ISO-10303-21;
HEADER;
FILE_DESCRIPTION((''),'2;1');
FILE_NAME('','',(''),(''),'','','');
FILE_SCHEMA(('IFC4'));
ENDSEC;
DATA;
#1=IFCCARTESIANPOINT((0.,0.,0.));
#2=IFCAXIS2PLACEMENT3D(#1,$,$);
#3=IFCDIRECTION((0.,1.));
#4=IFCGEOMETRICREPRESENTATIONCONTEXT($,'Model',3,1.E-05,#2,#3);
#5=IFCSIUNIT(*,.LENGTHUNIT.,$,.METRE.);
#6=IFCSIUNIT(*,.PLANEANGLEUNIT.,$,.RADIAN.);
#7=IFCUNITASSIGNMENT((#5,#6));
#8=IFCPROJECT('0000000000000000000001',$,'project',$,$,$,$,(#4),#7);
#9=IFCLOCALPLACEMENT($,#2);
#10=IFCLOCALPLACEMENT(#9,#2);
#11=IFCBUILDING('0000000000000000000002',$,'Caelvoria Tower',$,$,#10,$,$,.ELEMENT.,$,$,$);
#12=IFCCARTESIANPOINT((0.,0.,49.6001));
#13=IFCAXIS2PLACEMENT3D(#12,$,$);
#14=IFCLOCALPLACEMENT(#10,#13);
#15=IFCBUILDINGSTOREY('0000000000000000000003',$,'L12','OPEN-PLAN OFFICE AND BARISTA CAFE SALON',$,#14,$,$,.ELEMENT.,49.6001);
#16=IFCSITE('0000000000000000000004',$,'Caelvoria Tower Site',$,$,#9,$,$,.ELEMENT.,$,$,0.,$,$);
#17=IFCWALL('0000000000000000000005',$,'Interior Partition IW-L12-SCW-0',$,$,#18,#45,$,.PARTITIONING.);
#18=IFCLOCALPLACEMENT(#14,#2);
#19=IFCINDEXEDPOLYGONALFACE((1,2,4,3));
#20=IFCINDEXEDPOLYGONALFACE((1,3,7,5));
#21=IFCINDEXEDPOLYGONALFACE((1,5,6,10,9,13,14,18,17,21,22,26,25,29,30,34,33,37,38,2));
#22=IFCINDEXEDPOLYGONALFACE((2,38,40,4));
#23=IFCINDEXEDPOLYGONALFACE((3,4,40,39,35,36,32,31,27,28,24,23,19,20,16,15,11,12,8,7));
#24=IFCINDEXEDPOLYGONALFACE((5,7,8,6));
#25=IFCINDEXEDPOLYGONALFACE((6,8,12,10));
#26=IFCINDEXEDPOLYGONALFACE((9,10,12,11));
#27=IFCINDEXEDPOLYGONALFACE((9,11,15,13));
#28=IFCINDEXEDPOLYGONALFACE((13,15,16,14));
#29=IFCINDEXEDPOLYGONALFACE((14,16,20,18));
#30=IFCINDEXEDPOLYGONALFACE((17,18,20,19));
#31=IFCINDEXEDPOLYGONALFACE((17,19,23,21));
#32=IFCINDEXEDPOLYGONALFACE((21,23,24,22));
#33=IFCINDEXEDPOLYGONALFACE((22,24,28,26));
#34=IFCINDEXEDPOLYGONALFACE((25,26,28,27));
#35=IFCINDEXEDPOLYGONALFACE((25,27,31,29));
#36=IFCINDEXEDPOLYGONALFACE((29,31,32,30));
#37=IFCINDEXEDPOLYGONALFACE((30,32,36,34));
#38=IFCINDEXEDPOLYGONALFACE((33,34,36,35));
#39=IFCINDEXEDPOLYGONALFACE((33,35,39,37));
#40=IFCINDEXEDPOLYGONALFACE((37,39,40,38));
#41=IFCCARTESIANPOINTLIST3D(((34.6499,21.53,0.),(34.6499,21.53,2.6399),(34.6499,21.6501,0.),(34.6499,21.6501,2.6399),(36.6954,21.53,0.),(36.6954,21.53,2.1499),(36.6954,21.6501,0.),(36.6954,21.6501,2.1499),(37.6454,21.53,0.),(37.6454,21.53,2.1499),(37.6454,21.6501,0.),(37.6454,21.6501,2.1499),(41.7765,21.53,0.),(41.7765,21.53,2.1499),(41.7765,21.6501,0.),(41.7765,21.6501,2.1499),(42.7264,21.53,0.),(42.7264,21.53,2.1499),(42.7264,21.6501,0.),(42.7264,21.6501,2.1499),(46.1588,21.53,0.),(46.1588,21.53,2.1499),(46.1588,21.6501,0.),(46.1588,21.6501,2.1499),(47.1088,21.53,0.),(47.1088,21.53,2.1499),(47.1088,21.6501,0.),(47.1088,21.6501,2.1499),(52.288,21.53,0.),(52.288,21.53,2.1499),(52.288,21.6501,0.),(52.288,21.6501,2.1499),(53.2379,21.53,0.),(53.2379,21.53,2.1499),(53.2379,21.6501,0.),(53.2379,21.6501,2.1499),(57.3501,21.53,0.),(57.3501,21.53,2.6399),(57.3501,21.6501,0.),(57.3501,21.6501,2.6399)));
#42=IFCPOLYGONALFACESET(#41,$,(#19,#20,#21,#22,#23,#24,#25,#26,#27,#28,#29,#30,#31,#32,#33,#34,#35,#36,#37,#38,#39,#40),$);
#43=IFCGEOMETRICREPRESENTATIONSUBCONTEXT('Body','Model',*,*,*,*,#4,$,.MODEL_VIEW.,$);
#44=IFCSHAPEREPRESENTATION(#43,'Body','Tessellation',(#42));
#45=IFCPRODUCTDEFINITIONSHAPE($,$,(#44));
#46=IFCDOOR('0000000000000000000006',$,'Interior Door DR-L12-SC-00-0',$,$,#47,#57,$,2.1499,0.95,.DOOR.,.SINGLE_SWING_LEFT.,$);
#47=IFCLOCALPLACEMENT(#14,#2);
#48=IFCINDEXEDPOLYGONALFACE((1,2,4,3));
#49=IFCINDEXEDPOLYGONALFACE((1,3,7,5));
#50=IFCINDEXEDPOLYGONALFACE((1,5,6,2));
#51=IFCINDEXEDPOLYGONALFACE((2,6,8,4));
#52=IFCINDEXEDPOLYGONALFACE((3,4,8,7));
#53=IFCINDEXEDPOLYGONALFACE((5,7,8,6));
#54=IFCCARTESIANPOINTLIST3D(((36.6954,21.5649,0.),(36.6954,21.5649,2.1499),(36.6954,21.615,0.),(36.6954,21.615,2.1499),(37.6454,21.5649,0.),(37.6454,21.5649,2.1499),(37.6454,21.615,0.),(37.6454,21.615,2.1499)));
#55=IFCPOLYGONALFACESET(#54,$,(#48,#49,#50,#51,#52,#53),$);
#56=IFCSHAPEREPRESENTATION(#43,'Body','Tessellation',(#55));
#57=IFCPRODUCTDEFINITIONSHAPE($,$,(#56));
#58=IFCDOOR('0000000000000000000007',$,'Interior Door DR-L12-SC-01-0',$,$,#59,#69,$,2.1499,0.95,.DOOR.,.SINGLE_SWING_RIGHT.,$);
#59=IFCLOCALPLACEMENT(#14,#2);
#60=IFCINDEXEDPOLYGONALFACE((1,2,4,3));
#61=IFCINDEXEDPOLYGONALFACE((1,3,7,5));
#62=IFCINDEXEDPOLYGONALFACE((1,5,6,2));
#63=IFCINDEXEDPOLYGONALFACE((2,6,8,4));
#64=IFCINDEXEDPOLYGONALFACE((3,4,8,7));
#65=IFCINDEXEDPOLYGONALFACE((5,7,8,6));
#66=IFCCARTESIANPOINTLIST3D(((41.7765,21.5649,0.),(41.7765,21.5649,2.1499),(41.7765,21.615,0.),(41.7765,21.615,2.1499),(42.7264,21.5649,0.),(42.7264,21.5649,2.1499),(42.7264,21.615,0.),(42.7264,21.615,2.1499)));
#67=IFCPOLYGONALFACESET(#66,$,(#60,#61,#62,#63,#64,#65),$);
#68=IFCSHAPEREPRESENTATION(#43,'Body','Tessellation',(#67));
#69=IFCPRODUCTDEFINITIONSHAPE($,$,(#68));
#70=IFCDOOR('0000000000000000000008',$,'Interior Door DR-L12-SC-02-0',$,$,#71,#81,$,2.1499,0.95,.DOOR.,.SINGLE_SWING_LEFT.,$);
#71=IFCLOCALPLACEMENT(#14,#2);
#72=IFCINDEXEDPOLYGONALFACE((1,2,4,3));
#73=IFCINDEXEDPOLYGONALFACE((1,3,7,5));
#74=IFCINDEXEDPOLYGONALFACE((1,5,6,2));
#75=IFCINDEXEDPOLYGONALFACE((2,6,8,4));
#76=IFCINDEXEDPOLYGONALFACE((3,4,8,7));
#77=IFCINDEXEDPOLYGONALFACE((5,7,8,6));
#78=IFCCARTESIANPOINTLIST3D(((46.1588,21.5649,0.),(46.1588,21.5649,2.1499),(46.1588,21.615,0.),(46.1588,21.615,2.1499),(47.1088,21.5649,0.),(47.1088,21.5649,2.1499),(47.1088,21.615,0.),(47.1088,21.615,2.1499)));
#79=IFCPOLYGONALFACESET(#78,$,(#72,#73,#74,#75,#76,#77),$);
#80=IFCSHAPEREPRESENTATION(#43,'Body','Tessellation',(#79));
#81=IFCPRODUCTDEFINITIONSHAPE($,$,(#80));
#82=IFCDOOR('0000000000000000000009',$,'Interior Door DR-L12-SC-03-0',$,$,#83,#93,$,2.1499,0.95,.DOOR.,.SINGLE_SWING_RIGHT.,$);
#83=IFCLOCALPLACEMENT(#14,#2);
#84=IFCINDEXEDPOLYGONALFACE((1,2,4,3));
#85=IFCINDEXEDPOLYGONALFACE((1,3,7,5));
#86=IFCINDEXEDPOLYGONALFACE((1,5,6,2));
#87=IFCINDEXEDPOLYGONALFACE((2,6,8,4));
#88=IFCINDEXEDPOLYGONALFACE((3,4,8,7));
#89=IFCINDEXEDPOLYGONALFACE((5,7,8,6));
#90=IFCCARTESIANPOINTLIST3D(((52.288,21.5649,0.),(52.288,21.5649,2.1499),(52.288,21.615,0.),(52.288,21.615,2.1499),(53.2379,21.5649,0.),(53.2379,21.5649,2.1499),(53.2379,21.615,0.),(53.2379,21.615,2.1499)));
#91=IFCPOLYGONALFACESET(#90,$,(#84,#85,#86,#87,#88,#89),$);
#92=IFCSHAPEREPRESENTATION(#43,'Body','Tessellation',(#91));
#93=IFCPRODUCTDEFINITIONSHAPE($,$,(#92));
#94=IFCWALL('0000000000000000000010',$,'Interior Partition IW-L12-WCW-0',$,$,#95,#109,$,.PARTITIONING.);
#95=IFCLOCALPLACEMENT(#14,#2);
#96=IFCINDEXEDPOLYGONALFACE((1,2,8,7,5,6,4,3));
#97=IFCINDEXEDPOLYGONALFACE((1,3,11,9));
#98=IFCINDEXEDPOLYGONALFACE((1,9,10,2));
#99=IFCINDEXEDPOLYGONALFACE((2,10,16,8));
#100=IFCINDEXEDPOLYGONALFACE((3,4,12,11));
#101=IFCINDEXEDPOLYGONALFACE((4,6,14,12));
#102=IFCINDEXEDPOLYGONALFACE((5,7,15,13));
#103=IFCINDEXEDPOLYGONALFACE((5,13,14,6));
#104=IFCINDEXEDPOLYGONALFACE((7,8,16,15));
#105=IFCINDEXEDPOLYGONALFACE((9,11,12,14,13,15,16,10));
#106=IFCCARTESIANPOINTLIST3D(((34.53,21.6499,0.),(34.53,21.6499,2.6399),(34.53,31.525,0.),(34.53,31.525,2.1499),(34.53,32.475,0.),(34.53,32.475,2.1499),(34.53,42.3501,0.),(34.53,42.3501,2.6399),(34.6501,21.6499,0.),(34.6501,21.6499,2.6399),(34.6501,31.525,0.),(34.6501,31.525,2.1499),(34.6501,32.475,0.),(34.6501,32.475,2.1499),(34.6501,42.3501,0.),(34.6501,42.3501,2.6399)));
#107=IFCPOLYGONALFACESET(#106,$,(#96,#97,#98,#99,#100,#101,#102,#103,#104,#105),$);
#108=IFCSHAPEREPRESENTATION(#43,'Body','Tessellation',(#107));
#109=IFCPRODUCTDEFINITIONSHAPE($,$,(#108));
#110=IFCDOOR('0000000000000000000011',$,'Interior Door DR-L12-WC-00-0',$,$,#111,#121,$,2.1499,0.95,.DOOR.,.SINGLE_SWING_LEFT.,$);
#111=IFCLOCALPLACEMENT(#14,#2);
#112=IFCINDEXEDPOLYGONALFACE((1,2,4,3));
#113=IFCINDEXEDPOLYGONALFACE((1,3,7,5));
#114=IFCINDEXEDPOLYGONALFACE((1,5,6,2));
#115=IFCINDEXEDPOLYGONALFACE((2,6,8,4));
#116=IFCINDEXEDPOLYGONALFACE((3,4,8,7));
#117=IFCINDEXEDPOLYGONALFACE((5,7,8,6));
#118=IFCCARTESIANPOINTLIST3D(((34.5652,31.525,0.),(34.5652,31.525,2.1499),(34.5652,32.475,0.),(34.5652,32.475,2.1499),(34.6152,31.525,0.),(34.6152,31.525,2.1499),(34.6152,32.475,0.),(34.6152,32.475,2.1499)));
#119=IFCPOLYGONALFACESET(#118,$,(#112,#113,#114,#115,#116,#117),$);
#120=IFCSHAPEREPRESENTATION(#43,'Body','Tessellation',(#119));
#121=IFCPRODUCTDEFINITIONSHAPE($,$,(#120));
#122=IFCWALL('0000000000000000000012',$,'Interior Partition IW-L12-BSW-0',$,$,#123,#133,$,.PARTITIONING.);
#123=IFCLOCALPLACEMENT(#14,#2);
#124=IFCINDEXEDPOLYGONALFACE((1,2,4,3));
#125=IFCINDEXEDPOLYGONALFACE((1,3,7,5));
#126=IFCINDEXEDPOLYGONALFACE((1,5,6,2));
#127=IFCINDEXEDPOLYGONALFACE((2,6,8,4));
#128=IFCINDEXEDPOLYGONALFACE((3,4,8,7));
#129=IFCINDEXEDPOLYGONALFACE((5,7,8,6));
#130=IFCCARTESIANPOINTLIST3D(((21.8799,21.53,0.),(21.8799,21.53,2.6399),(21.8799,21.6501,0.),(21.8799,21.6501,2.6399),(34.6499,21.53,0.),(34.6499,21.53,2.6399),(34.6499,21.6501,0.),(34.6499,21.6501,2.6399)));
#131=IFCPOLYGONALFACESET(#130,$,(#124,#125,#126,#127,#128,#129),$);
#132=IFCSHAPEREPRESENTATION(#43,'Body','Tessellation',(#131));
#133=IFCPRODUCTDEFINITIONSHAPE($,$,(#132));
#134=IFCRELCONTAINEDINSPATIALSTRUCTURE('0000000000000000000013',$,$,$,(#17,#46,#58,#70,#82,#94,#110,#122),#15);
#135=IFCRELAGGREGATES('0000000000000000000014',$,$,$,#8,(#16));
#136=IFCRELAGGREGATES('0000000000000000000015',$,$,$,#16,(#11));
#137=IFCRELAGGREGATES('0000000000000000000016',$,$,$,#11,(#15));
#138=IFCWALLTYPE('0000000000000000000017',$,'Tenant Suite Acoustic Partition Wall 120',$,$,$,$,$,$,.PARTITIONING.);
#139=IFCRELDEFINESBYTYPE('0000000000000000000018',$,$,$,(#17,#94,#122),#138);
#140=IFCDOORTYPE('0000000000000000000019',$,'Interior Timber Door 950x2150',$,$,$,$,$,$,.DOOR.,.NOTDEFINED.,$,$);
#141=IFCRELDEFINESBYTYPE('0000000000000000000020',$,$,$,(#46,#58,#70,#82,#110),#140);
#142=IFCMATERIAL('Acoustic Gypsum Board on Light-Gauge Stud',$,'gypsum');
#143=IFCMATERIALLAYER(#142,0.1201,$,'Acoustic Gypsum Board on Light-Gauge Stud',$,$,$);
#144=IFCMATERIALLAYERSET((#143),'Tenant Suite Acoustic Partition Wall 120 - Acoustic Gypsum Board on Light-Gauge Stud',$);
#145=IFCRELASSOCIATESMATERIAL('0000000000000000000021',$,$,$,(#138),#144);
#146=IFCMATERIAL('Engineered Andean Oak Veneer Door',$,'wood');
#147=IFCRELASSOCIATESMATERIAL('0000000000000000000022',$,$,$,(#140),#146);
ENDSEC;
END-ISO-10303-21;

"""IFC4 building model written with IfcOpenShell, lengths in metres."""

from ifc_helpers import new_model, si_unit, direction, frame, frame_2d, origin, place, context, subcontext, project, spatial, rectangle, extrude, material, layer, layer_set, type_object, element, fill, save


model = new_model("IFC4")

# Units and contexts
model_context = context("Model", 3, precision=1e-05, world=origin(), true_north=direction((0.0, 1.0)))
body_context = subcontext(model_context, "Body", "Model", "MODEL_VIEW")
ifc_project = project(units=[si_unit("LENGTHUNIT", "METRE"), si_unit("PLANEANGLEUNIT", "RADIAN")], contexts=[model_context])

# Site, building, storey
site_placement = place(None, origin())
site = spatial("IfcSite", under=ifc_project, at=site_placement, Name="Caelvoria Tower Site", CompositionType="ELEMENT", RefElevation=0.0)
building_placement = place(site_placement, origin())
building = spatial("IfcBuilding", under=site, at=building_placement, Name="Caelvoria Tower", CompositionType="ELEMENT")
storey_placement = place(building_placement, frame((0.0, 0.0, 49.6001)))
storey = spatial("IfcBuildingStorey", under=building, at=storey_placement, Name="L12", Description="OPEN-PLAN OFFICE AND BARISTA CAFE SALON", CompositionType="ELEMENT", Elevation=49.6001)

# Shared definitions
ifc_material_1 = material(Name="Acoustic Gypsum Board on Light-Gauge Stud", Category="gypsum")
ifc_layer_1 = layer(ifc_material_1, 0.1201, Name="Acoustic Gypsum Board on Light-Gauge Stud")
ifc_layer_set_1 = layer_set([ifc_layer_1], Name="Tenant Suite Acoustic Partition Wall 120 - Acoustic Gypsum Board on Light-Gauge Stud")
wall_type_1 = type_object("IfcWallType", Name="Tenant Suite Acoustic Partition Wall 120", PredefinedType="PARTITIONING", material=ifc_layer_set_1)
ifc_material_2 = material(Name="Engineered Andean Oak Veneer Door", Category="wood")

# Wall, openings, doors
wall_1_placement = place(storey_placement, frame((34.6499, 21.5901, 0.0), z_axis=(0.0, 0.0, 1.0), x_axis=(1.0, 0.0, 0.0)))
wall_1 = element("IfcWall", 1, at=wall_1_placement, inside=storey, type_object=wall_type_1, Name="Interior Partition IW-L12-SCW-0", PredefinedType="PARTITIONING", context=body_context, shape_type="SweptSolid", body=[
    extrude(rectangle(XDim=22.7002, YDim=0.1201, at=frame_2d((11.3501, 0.0))), origin(), (0.0, 0.0, 1.0), 2.6399),
])
opening_1_placement = place(wall_1_placement, frame((2.0454, 0.0, 0.0)))
opening_1 = element("IfcOpeningElement", 2, at=opening_1_placement, cuts=wall_1, PredefinedType="OPENING", context=body_context, shape_type="SweptSolid", body=[
    extrude(rectangle(XDim=0.95, YDim=2.1499, at=frame_2d((0.4751, 1.075))), frame((0.0, 0.0701, 0.0), z_axis=(0.0, -1.0, 0.0), x_axis=(1.0, 0.0, 0.0)), (0.0, 0.0, 1.0), 0.1401),
])
opening_2_placement = place(wall_1_placement, frame((7.1265, 0.0, 0.0)))
opening_2 = element("IfcOpeningElement", 3, at=opening_2_placement, cuts=wall_1, PredefinedType="OPENING", context=body_context, shape_type="SweptSolid", body=[
    extrude(rectangle(XDim=0.95, YDim=2.1499, at=frame_2d((0.4751, 1.075))), frame((0.0, 0.0701, 0.0), z_axis=(0.0, -1.0, 0.0), x_axis=(1.0, 0.0, 0.0)), (0.0, 0.0, 1.0), 0.1401),
])
opening_3_placement = place(wall_1_placement, frame((11.5088, 0.0, 0.0)))
opening_3 = element("IfcOpeningElement", 4, at=opening_3_placement, cuts=wall_1, PredefinedType="OPENING", context=body_context, shape_type="SweptSolid", body=[
    extrude(rectangle(XDim=0.95, YDim=2.1499, at=frame_2d((0.4751, 1.075))), frame((0.0, 0.0701, 0.0), z_axis=(0.0, -1.0, 0.0), x_axis=(1.0, 0.0, 0.0)), (0.0, 0.0, 1.0), 0.1401),
])
opening_4_placement = place(wall_1_placement, frame((17.6379, 0.0, 0.0)))
opening_4 = element("IfcOpeningElement", 5, at=opening_4_placement, cuts=wall_1, PredefinedType="OPENING", context=body_context, shape_type="SweptSolid", body=[
    extrude(rectangle(XDim=0.95, YDim=2.1499, at=frame_2d((0.4751, 1.075))), frame((0.0, 0.0701, 0.0), z_axis=(0.0, -1.0, 0.0), x_axis=(1.0, 0.0, 0.0)), (0.0, 0.0, 1.0), 0.1401),
])
door_type_1 = type_object("IfcDoorType", Name="Interior Timber Door 950x2150", OperationType="NOTDEFINED", PredefinedType="DOOR", material=ifc_material_2)
door_1_placement = place(opening_1_placement, origin())
door_1 = element("IfcDoor", 6, at=door_1_placement, inside=storey, type_object=door_type_1, Name="Interior Door DR-L12-SC-00-0", OperationType="SINGLE_SWING_LEFT", OverallHeight=2.1499, OverallWidth=0.95, PredefinedType="DOOR", context=body_context, shape_type="SweptSolid", body=[
    extrude(rectangle(XDim=0.95, YDim=2.1499, at=frame_2d((0.4751, 1.075))), frame((0.0, 0.0249, 0.0), z_axis=(0.0, -1.0, 0.0), x_axis=(1.0, 0.0, 0.0)), (0.0, 0.0, 1.0), 0.05),
])
fill(opening_1, door_1)
door_2_placement = place(opening_2_placement, origin())
door_2 = element("IfcDoor", 7, at=door_2_placement, inside=storey, type_object=door_type_1, Name="Interior Door DR-L12-SC-01-0", OperationType="SINGLE_SWING_RIGHT", OverallHeight=2.1499, OverallWidth=0.95, PredefinedType="DOOR", context=body_context, shape_type="SweptSolid", body=[
    extrude(rectangle(XDim=0.95, YDim=2.1499, at=frame_2d((0.4751, 1.075))), frame((0.0, 0.0249, 0.0), z_axis=(0.0, -1.0, 0.0), x_axis=(1.0, 0.0, 0.0)), (0.0, 0.0, 1.0), 0.05),
])
fill(opening_2, door_2)
door_3_placement = place(opening_3_placement, origin())
door_3 = element("IfcDoor", 8, at=door_3_placement, inside=storey, type_object=door_type_1, Name="Interior Door DR-L12-SC-02-0", OperationType="SINGLE_SWING_LEFT", OverallHeight=2.1499, OverallWidth=0.95, PredefinedType="DOOR", context=body_context, shape_type="SweptSolid", body=[
    extrude(rectangle(XDim=0.95, YDim=2.1499, at=frame_2d((0.4751, 1.075))), frame((0.0, 0.0249, 0.0), z_axis=(0.0, -1.0, 0.0), x_axis=(1.0, 0.0, 0.0)), (0.0, 0.0, 1.0), 0.05),
])
fill(opening_3, door_3)
door_4_placement = place(opening_4_placement, origin())
door_4 = element("IfcDoor", 9, at=door_4_placement, inside=storey, type_object=door_type_1, Name="Interior Door DR-L12-SC-03-0", OperationType="SINGLE_SWING_RIGHT", OverallHeight=2.1499, OverallWidth=0.95, PredefinedType="DOOR", context=body_context, shape_type="SweptSolid", body=[
    extrude(rectangle(XDim=0.95, YDim=2.1499, at=frame_2d((0.4751, 1.075))), frame((0.0, 0.0249, 0.0), z_axis=(0.0, -1.0, 0.0), x_axis=(1.0, 0.0, 0.0)), (0.0, 0.0, 1.0), 0.05),
])
fill(opening_4, door_4)

# Wall, opening, door
wall_2_placement = place(storey_placement, frame((34.5901, 21.6499, 0.0), z_axis=(0.0, 0.0, 1.0), x_axis=(0.0, 1.0, 0.0)))
wall_2 = element("IfcWall", 10, at=wall_2_placement, inside=storey, type_object=wall_type_1, Name="Interior Partition IW-L12-WCW-0", PredefinedType="PARTITIONING", context=body_context, shape_type="SweptSolid", body=[
    extrude(rectangle(XDim=20.7002, YDim=0.1201, at=frame_2d((10.3501, 0.0))), origin(), (0.0, 0.0, 1.0), 2.6399),
])
opening_5_placement = place(wall_2_placement, frame((9.875, 0.0, 0.0)))
opening_5 = element("IfcOpeningElement", 11, at=opening_5_placement, cuts=wall_2, PredefinedType="OPENING", context=body_context, shape_type="SweptSolid", body=[
    extrude(rectangle(XDim=0.95, YDim=2.1499, at=frame_2d((0.4751, 1.075))), frame((0.0, 0.0701, 0.0), z_axis=(0.0, -1.0, 0.0), x_axis=(1.0, 0.0, 0.0)), (0.0, 0.0, 1.0), 0.1401),
])
door_5_placement = place(opening_5_placement, origin())
door_5 = element("IfcDoor", 12, at=door_5_placement, inside=storey, type_object=door_type_1, Name="Interior Door DR-L12-WC-00-0", OperationType="SINGLE_SWING_LEFT", OverallHeight=2.1499, OverallWidth=0.95, PredefinedType="DOOR", context=body_context, shape_type="SweptSolid", body=[
    extrude(rectangle(XDim=0.95, YDim=2.1499, at=frame_2d((0.4751, 1.075))), frame((0.0, 0.0249, 0.0), z_axis=(0.0, -1.0, 0.0), x_axis=(1.0, 0.0, 0.0)), (0.0, 0.0, 1.0), 0.05),
])
fill(opening_5, door_5)

# Wall
wall_3_placement = place(storey_placement, frame((34.6499, 21.5901, 0.0), z_axis=(0.0, 0.0, 1.0), x_axis=(-1.0, 0.0, 0.0)))
element("IfcWall", 13, at=wall_3_placement, inside=storey, type_object=wall_type_1, Name="Interior Partition IW-L12-BSW-0", PredefinedType="PARTITIONING", context=body_context, shape_type="SweptSolid", body=[
    extrude(rectangle(XDim=12.77, YDim=0.1201, at=frame_2d((6.385, 0.0))), origin(), (0.0, 0.0, 1.0), 2.6399),
])

save(model, "model.ifc")
